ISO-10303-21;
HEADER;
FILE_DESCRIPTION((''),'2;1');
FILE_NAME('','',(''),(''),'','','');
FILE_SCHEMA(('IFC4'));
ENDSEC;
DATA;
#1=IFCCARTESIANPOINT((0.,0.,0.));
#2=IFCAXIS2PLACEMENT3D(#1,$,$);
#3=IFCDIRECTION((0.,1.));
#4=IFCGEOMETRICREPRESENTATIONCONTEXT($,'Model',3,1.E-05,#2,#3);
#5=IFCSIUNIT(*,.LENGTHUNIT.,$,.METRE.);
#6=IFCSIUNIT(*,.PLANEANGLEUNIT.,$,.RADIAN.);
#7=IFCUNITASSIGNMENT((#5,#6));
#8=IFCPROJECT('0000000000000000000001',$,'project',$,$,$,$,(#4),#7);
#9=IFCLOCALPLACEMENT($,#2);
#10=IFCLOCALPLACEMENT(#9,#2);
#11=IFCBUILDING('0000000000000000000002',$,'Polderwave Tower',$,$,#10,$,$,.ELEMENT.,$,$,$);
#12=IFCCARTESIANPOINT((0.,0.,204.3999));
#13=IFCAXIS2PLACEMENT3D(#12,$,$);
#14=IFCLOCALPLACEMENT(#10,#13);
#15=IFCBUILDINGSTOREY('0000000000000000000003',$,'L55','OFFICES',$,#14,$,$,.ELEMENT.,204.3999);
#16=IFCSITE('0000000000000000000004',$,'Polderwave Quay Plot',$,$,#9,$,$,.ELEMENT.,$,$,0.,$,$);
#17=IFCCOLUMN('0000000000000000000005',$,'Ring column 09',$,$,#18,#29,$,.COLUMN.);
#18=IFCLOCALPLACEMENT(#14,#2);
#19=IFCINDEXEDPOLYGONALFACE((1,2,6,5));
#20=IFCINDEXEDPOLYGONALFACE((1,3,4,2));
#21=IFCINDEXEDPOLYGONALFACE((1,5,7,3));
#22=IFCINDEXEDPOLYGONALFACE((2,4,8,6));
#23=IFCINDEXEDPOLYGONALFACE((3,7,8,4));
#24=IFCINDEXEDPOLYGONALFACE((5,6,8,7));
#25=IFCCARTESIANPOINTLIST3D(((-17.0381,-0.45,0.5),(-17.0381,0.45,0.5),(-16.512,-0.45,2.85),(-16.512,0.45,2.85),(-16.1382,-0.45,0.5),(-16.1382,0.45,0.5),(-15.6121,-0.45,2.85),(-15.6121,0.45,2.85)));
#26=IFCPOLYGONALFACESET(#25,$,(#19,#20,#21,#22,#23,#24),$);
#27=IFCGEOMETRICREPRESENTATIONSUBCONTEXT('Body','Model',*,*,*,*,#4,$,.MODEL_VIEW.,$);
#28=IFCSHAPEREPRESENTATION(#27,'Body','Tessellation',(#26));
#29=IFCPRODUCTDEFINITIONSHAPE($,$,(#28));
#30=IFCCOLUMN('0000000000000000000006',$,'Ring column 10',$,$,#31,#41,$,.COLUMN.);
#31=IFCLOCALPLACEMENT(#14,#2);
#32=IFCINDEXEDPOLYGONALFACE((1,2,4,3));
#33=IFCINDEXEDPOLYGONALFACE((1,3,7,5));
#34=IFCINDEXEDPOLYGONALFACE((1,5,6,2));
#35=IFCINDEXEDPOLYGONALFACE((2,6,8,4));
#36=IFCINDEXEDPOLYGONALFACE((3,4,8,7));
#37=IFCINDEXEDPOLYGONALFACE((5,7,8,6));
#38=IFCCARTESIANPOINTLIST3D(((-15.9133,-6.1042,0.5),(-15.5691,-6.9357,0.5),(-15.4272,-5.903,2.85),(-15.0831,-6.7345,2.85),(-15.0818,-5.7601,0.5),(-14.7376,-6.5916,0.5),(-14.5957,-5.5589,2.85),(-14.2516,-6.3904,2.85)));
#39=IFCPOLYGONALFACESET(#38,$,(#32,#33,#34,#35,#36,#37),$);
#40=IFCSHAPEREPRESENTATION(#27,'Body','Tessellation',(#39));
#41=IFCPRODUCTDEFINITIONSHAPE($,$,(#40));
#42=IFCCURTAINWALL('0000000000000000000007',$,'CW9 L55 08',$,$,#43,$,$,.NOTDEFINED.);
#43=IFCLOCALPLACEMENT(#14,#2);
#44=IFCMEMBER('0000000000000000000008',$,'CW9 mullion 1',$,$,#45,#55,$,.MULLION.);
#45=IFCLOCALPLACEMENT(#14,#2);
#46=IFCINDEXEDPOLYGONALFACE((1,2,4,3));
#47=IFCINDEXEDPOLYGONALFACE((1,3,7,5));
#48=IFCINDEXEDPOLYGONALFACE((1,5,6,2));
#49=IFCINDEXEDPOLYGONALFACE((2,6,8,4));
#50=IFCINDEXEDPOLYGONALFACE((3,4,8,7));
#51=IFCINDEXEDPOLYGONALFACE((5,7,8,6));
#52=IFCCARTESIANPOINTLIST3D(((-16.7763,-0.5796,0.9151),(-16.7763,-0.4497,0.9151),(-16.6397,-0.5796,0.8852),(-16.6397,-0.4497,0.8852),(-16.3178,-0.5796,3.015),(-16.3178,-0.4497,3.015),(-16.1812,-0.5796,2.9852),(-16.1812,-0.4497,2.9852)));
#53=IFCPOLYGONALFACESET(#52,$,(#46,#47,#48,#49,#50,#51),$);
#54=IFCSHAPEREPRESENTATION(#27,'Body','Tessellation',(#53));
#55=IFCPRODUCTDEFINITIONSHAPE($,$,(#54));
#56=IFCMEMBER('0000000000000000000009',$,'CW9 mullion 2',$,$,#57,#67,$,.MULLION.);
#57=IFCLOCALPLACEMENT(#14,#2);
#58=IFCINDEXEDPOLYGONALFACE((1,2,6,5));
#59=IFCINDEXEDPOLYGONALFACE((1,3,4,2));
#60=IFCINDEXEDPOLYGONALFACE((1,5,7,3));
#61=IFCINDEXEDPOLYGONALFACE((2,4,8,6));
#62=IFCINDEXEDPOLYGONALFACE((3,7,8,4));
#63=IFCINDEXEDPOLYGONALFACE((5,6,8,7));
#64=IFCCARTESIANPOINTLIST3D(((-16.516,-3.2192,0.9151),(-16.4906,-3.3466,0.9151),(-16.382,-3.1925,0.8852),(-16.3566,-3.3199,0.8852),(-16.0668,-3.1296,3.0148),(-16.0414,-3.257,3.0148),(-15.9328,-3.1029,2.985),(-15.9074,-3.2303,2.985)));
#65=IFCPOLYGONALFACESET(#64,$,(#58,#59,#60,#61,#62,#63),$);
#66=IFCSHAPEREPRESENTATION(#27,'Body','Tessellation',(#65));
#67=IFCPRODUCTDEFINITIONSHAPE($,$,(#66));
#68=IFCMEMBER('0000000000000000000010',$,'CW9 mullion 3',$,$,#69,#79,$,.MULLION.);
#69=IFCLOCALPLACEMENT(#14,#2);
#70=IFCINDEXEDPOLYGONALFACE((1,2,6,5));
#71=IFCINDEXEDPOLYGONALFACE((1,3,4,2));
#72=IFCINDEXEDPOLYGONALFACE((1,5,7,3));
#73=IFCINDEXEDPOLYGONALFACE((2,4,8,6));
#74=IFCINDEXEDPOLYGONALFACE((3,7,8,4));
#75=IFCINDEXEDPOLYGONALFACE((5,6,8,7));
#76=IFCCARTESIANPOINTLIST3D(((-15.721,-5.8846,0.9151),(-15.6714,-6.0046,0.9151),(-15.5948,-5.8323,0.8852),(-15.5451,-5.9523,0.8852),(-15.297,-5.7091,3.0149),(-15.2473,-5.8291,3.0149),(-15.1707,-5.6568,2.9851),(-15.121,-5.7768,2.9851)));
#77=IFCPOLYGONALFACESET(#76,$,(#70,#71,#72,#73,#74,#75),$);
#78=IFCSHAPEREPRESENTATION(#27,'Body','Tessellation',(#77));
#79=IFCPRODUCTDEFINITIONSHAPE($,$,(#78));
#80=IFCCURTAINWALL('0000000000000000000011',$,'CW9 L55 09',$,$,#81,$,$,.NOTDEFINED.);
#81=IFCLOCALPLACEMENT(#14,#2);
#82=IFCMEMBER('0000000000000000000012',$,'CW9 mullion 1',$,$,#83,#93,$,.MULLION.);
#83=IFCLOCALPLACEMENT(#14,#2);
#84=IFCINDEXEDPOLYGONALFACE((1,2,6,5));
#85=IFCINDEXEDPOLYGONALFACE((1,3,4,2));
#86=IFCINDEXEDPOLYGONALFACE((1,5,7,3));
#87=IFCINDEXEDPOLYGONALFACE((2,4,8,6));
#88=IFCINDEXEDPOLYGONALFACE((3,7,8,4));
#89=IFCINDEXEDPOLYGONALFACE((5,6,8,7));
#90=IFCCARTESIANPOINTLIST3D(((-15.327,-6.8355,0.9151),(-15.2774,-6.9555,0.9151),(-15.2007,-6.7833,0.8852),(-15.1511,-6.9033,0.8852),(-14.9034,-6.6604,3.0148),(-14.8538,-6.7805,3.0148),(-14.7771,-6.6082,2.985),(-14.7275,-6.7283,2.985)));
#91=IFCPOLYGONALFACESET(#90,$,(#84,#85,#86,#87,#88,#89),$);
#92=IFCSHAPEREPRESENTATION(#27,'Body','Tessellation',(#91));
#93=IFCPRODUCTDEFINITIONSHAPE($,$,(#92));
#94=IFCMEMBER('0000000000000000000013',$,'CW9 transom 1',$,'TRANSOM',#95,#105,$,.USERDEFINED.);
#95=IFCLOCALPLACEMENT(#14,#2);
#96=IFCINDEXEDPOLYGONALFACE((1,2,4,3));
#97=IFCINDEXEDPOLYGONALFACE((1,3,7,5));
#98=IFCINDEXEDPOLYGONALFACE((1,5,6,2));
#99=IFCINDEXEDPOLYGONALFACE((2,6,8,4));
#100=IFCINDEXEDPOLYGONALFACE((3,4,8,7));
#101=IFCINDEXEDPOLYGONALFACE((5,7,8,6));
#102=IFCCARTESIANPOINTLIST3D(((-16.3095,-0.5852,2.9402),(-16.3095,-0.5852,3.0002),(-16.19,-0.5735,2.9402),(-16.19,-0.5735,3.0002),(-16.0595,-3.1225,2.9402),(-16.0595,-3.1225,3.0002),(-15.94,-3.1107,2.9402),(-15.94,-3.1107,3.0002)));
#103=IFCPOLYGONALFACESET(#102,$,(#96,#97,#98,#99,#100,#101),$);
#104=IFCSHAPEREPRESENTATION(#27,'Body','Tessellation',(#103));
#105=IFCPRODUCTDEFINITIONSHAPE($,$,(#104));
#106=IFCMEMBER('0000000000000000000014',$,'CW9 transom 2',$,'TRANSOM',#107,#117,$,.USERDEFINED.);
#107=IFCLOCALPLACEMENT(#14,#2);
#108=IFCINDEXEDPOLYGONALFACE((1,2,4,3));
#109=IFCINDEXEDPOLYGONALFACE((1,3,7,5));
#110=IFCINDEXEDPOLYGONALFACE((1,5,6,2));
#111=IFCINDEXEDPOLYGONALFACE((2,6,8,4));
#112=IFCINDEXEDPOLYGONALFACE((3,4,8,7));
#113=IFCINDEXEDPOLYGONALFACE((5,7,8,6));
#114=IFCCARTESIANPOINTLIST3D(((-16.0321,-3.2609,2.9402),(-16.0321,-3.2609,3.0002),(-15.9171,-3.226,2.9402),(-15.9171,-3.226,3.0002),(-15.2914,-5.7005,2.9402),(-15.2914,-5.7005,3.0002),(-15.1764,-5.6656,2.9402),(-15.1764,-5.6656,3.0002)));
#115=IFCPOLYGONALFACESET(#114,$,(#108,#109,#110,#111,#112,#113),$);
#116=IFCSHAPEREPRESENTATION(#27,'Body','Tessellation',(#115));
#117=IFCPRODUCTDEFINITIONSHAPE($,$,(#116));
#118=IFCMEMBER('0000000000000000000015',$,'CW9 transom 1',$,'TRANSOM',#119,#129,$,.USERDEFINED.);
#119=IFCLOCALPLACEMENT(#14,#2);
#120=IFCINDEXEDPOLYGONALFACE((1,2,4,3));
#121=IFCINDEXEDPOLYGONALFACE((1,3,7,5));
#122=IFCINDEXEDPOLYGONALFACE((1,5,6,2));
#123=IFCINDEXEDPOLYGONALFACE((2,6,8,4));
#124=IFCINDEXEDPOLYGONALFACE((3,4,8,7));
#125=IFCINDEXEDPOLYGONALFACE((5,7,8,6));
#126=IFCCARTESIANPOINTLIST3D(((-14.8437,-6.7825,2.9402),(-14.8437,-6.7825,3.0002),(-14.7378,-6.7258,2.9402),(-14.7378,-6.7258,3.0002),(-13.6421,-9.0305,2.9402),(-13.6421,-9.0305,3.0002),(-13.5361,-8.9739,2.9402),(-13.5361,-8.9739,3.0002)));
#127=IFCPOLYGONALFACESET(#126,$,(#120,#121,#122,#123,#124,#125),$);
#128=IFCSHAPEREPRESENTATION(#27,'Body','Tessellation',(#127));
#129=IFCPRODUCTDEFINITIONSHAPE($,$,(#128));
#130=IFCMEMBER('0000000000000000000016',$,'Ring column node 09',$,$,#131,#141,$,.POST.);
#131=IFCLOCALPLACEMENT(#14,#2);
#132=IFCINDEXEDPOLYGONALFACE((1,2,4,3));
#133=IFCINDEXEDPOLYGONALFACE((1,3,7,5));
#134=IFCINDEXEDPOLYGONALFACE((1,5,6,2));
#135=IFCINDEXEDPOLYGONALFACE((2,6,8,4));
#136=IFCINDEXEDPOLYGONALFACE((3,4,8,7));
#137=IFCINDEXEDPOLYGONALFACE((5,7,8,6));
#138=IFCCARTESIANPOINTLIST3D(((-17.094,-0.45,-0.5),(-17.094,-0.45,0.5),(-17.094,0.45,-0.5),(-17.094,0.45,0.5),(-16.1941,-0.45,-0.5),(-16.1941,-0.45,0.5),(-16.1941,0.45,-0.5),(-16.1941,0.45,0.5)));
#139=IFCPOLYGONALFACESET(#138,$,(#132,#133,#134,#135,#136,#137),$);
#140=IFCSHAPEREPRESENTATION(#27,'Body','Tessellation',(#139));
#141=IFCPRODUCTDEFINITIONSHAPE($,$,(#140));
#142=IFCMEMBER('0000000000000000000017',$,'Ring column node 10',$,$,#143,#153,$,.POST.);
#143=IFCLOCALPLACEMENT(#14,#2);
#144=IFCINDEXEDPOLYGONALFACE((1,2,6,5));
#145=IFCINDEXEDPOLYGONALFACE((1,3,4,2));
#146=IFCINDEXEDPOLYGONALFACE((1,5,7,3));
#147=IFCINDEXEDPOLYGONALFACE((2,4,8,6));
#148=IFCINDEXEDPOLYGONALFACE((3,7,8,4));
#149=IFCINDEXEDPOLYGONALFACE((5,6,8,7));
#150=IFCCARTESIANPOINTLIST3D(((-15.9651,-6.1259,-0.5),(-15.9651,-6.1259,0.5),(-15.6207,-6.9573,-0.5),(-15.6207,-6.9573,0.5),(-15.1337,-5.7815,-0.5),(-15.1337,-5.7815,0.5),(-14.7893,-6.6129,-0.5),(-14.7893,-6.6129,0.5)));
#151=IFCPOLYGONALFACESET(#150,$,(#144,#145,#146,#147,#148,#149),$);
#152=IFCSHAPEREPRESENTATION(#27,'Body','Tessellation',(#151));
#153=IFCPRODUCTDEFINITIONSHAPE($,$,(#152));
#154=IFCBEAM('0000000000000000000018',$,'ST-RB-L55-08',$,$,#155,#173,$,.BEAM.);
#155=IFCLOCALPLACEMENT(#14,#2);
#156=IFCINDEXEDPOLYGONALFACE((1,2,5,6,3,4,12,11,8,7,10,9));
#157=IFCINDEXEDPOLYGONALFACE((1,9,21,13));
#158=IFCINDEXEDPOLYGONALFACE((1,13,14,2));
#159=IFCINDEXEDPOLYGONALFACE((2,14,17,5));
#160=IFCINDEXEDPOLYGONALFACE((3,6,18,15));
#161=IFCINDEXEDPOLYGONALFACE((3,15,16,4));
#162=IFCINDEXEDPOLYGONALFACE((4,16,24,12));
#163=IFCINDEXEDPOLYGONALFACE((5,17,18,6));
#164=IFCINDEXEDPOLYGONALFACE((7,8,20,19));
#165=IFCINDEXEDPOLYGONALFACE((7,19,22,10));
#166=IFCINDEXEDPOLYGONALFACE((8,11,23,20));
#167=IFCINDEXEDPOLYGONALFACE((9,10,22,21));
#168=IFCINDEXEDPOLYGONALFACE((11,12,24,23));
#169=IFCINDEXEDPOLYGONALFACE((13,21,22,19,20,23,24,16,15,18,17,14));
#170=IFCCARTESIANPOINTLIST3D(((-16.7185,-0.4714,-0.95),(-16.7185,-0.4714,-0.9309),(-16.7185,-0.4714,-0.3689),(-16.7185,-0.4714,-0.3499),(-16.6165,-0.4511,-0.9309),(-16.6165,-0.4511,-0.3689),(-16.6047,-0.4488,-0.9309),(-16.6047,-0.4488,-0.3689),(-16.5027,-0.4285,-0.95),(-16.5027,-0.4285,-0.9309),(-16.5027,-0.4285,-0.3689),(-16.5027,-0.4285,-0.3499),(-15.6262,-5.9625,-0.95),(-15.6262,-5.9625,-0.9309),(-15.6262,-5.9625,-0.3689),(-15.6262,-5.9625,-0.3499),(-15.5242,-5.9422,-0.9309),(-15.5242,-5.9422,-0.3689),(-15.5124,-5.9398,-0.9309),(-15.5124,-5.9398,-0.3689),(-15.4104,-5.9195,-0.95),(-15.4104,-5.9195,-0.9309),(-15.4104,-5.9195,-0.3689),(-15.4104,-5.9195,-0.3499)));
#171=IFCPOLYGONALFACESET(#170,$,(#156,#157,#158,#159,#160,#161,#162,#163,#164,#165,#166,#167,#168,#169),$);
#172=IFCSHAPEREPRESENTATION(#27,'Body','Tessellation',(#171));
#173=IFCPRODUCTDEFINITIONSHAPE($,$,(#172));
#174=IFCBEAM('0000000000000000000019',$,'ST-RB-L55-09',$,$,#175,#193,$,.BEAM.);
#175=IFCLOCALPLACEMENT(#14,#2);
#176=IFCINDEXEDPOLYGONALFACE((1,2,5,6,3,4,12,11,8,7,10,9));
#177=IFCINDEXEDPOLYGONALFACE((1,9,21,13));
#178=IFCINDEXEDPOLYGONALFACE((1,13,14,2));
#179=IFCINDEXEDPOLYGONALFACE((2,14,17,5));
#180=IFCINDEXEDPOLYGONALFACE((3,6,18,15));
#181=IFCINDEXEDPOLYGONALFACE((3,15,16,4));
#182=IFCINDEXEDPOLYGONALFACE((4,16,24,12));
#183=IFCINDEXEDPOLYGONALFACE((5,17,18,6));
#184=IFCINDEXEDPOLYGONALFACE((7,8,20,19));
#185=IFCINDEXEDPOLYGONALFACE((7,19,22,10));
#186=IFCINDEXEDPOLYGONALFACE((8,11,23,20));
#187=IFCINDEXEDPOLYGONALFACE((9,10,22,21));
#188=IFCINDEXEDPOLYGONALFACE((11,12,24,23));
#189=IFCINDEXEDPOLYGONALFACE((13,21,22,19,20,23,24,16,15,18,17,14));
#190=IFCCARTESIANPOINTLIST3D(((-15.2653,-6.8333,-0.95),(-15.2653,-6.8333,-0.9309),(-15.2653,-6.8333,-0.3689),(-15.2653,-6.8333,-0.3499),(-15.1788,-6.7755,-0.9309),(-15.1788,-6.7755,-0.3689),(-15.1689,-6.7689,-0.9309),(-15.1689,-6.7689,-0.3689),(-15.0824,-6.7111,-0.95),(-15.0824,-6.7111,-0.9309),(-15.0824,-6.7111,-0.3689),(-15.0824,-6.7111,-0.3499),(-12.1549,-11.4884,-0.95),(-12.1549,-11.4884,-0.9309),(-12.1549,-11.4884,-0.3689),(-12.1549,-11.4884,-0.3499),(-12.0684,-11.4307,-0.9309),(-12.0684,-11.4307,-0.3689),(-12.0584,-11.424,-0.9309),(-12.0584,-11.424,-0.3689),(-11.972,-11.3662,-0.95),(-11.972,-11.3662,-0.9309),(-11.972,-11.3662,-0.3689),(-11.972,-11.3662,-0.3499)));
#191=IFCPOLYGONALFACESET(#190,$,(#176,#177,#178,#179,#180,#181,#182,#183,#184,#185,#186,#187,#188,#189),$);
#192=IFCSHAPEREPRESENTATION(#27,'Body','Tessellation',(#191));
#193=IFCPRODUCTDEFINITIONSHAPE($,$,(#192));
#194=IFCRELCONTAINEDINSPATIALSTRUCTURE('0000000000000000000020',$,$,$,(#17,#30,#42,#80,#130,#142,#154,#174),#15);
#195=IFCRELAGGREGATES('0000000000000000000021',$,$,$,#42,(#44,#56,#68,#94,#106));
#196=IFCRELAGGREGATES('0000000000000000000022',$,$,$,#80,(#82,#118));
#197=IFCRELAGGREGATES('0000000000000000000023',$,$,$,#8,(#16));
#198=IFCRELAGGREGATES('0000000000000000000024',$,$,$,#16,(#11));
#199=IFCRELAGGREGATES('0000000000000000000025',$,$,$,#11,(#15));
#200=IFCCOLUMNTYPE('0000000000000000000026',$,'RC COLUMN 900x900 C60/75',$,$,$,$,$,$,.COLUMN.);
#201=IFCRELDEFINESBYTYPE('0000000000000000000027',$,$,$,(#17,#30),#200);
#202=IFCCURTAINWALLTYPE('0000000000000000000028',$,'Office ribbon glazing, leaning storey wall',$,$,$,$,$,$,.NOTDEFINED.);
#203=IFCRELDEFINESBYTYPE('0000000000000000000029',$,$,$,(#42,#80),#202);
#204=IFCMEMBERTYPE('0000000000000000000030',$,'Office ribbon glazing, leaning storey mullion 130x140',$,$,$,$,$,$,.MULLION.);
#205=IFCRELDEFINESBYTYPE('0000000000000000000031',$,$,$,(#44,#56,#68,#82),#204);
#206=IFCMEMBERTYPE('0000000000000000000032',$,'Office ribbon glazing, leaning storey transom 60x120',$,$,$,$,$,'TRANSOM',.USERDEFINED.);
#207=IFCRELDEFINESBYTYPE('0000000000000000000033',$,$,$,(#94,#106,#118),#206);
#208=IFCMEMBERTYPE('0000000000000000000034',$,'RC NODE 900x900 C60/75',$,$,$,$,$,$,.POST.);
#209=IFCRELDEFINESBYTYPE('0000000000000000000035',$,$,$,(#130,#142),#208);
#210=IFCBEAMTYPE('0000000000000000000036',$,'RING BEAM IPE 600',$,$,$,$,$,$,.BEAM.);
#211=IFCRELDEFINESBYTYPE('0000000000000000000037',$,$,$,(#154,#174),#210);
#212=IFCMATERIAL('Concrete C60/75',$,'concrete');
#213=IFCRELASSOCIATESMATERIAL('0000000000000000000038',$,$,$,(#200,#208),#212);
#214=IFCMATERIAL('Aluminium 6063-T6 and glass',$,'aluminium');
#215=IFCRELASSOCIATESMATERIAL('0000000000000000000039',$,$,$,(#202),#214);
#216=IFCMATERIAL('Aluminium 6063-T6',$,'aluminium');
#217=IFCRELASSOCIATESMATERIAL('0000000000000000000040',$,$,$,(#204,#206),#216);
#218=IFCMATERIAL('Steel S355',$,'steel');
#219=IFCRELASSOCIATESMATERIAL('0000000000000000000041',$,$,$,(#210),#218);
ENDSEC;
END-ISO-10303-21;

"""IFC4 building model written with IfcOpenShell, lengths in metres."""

from ifc_helpers import new_model, si_unit, direction, frame, origin, origin_2d, place, context, subcontext, project, spatial, rectangle, i_section, extrude, material, material_profile, profile_set, type_object, element, aggregate, save


model = new_model("IFC4")

# Units and contexts
model_context = context("Model", 3, precision=1e-05, world=origin(), true_north=direction((0.0, 1.0)))
body_context = subcontext(model_context, "Body", "Model", "MODEL_VIEW")
ifc_project = project(units=[si_unit("LENGTHUNIT", "METRE"), si_unit("PLANEANGLEUNIT", "RADIAN")], contexts=[model_context])

# Site, building, storey
site_placement = place(None, origin())
site = spatial("IfcSite", under=ifc_project, at=site_placement, Name="Polderwave Quay Plot", CompositionType="ELEMENT", RefElevation=0.0)
building_placement = place(site_placement, origin())
building = spatial("IfcBuilding", under=site, at=building_placement, Name="Polderwave Tower", CompositionType="ELEMENT")
storey_placement = place(building_placement, frame((0.0, 0.0, 204.3999)))
storey = spatial("IfcBuildingStorey", under=building, at=storey_placement, Name="L55", Description="OFFICES", CompositionType="ELEMENT", Elevation=204.3999)

# Columns
ifc_material_1 = material(Name="Concrete C60/75", Category="concrete")
ifc_material_profile_1 = material_profile(ifc_material_1, rectangle(XDim=0.8999, YDim=0.8999, at=origin_2d()), Name="RC 900x900")
ifc_profile_set_1 = profile_set([ifc_material_profile_1], Name="Concrete C60/75")
column_type = type_object("IfcColumnType", Name="RC COLUMN 900x900 C60/75", PredefinedType="COLUMN", material=ifc_profile_set_1)
column_1_placement = place(storey_placement, frame((-16.5881, 0.0, 0.5), z_axis=(0.0, 0.0, 1.0), x_axis=(0.0, 1.0, 0.0)))
element("IfcColumn", 1, at=column_1_placement, inside=storey, type_object=column_type, Name="Ring column 09", PredefinedType="COLUMN", context=body_context, shape_type="SweptSolid", body=[
    extrude(rectangle(XDim=0.8999, YDim=0.8999, at=origin_2d()), origin(), (0.0, -0.218465, 0.975845), 2.4082),
])
column_2_placement = place(storey_placement, frame((-15.3254, -6.3479, 0.5), z_axis=(0.0, 0.0, 1.0), x_axis=(-0.382406, 0.923994, 0.0)))
element("IfcColumn", 2, at=column_2_placement, inside=storey, type_object=column_type, Name="Ring column 10", PredefinedType="COLUMN", context=body_context, shape_type="SweptSolid", body=[
    extrude(rectangle(XDim=0.8999, YDim=0.8999, at=origin_2d()), origin(), (0.0, -0.218443, 0.97585), 2.4082),
])

# Curtain wall, members
ifc_material_2 = material(Name="Aluminium 6063-T6 and glass", Category="aluminium")
curtain_wall_type = type_object("IfcCurtainWallType", Name="Office ribbon glazing, leaning storey wall", PredefinedType="NOTDEFINED", material=ifc_material_2)
curtain_wall_1_placement = place(storey_placement, origin())
curtain_wall_1 = element("IfcCurtainWall", 3, at=curtain_wall_1_placement, inside=storey, type_object=curtain_wall_type, Name="CW9 L55 08", PredefinedType="NOTDEFINED")
ifc_material_3 = material(Name="Aluminium 6063-T6", Category="aluminium")
ifc_material_profile_2 = material_profile(ifc_material_3, rectangle(XDim=0.1299, YDim=0.1399, at=origin_2d()), Name="AL 130x140")
ifc_profile_set_2 = profile_set([ifc_material_profile_2], Name="Aluminium 6063-T6")
member_type_1 = type_object("IfcMemberType", Name="Office ribbon glazing, leaning storey mullion 130x140", PredefinedType="MULLION", material=ifc_profile_set_2)
member_1_placement = place(storey_placement, frame((-16.708, -0.5146, 0.9001), z_axis=(0.213321, 0.0, 0.976982), x_axis=(0.0, 1.0, 0.0)))
member_1 = element("IfcMember", 4, at=member_1_placement, type_object=member_type_1, Name="CW9 mullion 1", PredefinedType="MULLION", context=body_context, shape_type="SweptSolid", body=[
    extrude(rectangle(XDim=0.1299, YDim=0.1399, at=origin_2d()), origin(), (0.0, 0.0, 1.0), 2.1494),
])
member_2_placement = place(storey_placement, frame((-16.4363, -3.2695, 0.9001), z_axis=(0.209013, 0.041689, 0.977024), x_axis=(-0.195604, 0.980683, 0.0)))
member_2 = element("IfcMember", 5, at=member_2_placement, type_object=member_type_1, Name="CW9 mullion 2", PredefinedType="MULLION", context=body_context, shape_type="SweptSolid", body=[
    extrude(rectangle(XDim=0.1299, YDim=0.1399, at=origin_2d()), origin(), (0.0, 0.0, 1.0), 2.1492),
])
member_3_placement = place(storey_placement, frame((-15.6331, -5.9185, 0.9001), z_axis=(0.197296, 0.081667, 0.976937), x_axis=(-0.382461, 0.923971, 0.0)))
member_3 = element("IfcMember", 6, at=member_3_placement, type_object=member_type_1, Name="CW9 mullion 3", PredefinedType="MULLION", context=body_context, shape_type="SweptSolid", body=[
    extrude(rectangle(XDim=0.1299, YDim=0.1399, at=origin_2d()), origin(), (0.0, 0.0, 1.0), 2.1494),
])

# Curtain wall, member
curtain_wall_2_placement = place(storey_placement, origin())
curtain_wall_2 = element("IfcCurtainWall", 7, at=curtain_wall_2_placement, inside=storey, type_object=curtain_wall_type, Name="CW9 L55 09", PredefinedType="NOTDEFINED")
member_4_placement = place(storey_placement, frame((-15.239, -6.8694, 0.9001), z_axis=(0.197081, 0.081445, 0.976998), x_axis=(-0.381928, 0.924192, 0.0)))
member_4 = element("IfcMember", 8, at=member_4_placement, type_object=member_type_1, Name="CW9 mullion 1", PredefinedType="MULLION", context=body_context, shape_type="SweptSolid", body=[
    extrude(rectangle(XDim=0.1299, YDim=0.1399, at=origin_2d()), origin(), (0.0, 0.0, 1.0), 2.1492),
])

# Members
ifc_material_profile_3 = material_profile(ifc_material_3, rectangle(XDim=0.1201, YDim=0.0601, at=origin_2d()), Name="AL 60x120")
ifc_profile_set_3 = profile_set([ifc_material_profile_3], Name="Aluminium 6063-T6")
member_type_2 = type_object("IfcMemberType", Name="Office ribbon glazing, leaning storey transom 60x120", ElementType="TRANSOM", PredefinedType="USERDEFINED", material=ifc_profile_set_3)
member_5_placement = place(storey_placement, frame((-16.2498, -0.5793, 2.9702), z_axis=(0.098053, -0.995181, 0.0), x_axis=(0.995181, 0.098053, 0.0)))
member_5 = element("IfcMember", 9, at=member_5_placement, type_object=member_type_2, Name="CW9 transom 1", ObjectType="TRANSOM", PredefinedType="USERDEFINED", context=body_context, shape_type="SweptSolid", body=[
    extrude(rectangle(XDim=0.1201, YDim=0.0601, at=origin_2d()), origin(), (0.0, 0.0, 1.0), 2.5496),
])
member_6_placement = place(storey_placement, frame((-15.9746, -3.2434, 2.9702), z_axis=(0.290518, -0.95687, 0.0), x_axis=(0.95687, 0.290518, 0.0)))
member_6 = element("IfcMember", 10, at=member_6_placement, type_object=member_type_2, Name="CW9 transom 2", ObjectType="TRANSOM", PredefinedType="USERDEFINED", context=body_context, shape_type="SweptSolid", body=[
    extrude(rectangle(XDim=0.1201, YDim=0.0601, at=origin_2d()), origin(), (0.0, 0.0, 1.0), 2.5496),
])
member_7_placement = place(storey_placement, frame((-14.7908, -6.7542, 2.9702), z_axis=(0.471413, -0.881912, 0.0), x_axis=(0.881912, 0.471413, 0.0)))
member_7 = element("IfcMember", 11, at=member_7_placement, type_object=member_type_2, Name="CW9 transom 1", ObjectType="TRANSOM", PredefinedType="USERDEFINED", context=body_context, shape_type="SweptSolid", body=[
    extrude(rectangle(XDim=0.1201, YDim=0.0601, at=origin_2d()), origin(), (0.0, 0.0, 1.0), 2.5491),
])

# Members
ifc_material_profile_4 = material_profile(ifc_material_1, rectangle(XDim=0.8999, YDim=0.8999, at=origin_2d()), Name="RC 900x900")
ifc_profile_set_4 = profile_set([ifc_material_profile_4], Name="Concrete C60/75")
member_type_3 = type_object("IfcMemberType", Name="RC NODE 900x900 C60/75", PredefinedType="POST", material=ifc_profile_set_4)
for number, where, z_axis, x_axis, name in (
    (12, (-16.644, 0.0, -0.5), (0.0, 0.0, 1.0), (-1.0, 0.0, 0.0), "Ring column node 09"),
    (13, (-15.3772, -6.3694, -0.5), (0.0, 0.0, 1.0), (-0.92388, -0.382683, 0.0), "Ring column node 10"),
):
    element("IfcMember", number, at=place(storey_placement, frame(where, z_axis=z_axis, x_axis=x_axis)), inside=storey, type_object=member_type_3, Name=name, PredefinedType="POST", context=body_context, shape_type="SweptSolid", body=[
        extrude(rectangle(XDim=0.8999, YDim=0.8999, at=origin_2d()), origin(), (0.0, 0.0, 1.0), 1.0),
    ])

# Beams
ifc_material_4 = material(Name="Steel S355", Category="steel")
ifc_material_profile_5 = material_profile(ifc_material_4, i_section(OverallWidth=0.22, OverallDepth=0.6001, WebThickness=0.012, FlangeThickness=0.019, at=origin_2d()), Name="IPE 600")
ifc_profile_set_5 = profile_set([ifc_material_profile_5], Name="Steel S355")
beam_type = type_object("IfcBeamType", Name="RING BEAM IPE 600", PredefinedType="BEAM", material=ifc_profile_set_5)
for number, where, z_axis, x_axis, name in (
    (14, (-16.6106, -0.45, -0.6499), (0.195101, -0.980783, 0.0), (0.980783, 0.195101, 0.0), "ST-RB-L55-08"),
    (15, (-15.1738, -6.7722, -0.6499), (0.555565, -0.831473, 0.0), (0.831473, 0.555565, 0.0), "ST-RB-L55-09"),
):
    element("IfcBeam", number, at=place(storey_placement, frame(where, z_axis=z_axis, x_axis=x_axis)), inside=storey, type_object=beam_type, Name=name, PredefinedType="BEAM", context=body_context, shape_type="SweptSolid", body=[
        extrude(i_section(OverallWidth=0.22, OverallDepth=0.6001, WebThickness=0.012, FlangeThickness=0.019, at=origin_2d()), origin(), (0.0, 0.0, 1.0), 5.5986),
    ])

aggregate(curtain_wall_1, [member_1, member_2, member_3, member_5, member_6])
aggregate(curtain_wall_2, [member_4, member_7])

save(model, "model.ifc")
